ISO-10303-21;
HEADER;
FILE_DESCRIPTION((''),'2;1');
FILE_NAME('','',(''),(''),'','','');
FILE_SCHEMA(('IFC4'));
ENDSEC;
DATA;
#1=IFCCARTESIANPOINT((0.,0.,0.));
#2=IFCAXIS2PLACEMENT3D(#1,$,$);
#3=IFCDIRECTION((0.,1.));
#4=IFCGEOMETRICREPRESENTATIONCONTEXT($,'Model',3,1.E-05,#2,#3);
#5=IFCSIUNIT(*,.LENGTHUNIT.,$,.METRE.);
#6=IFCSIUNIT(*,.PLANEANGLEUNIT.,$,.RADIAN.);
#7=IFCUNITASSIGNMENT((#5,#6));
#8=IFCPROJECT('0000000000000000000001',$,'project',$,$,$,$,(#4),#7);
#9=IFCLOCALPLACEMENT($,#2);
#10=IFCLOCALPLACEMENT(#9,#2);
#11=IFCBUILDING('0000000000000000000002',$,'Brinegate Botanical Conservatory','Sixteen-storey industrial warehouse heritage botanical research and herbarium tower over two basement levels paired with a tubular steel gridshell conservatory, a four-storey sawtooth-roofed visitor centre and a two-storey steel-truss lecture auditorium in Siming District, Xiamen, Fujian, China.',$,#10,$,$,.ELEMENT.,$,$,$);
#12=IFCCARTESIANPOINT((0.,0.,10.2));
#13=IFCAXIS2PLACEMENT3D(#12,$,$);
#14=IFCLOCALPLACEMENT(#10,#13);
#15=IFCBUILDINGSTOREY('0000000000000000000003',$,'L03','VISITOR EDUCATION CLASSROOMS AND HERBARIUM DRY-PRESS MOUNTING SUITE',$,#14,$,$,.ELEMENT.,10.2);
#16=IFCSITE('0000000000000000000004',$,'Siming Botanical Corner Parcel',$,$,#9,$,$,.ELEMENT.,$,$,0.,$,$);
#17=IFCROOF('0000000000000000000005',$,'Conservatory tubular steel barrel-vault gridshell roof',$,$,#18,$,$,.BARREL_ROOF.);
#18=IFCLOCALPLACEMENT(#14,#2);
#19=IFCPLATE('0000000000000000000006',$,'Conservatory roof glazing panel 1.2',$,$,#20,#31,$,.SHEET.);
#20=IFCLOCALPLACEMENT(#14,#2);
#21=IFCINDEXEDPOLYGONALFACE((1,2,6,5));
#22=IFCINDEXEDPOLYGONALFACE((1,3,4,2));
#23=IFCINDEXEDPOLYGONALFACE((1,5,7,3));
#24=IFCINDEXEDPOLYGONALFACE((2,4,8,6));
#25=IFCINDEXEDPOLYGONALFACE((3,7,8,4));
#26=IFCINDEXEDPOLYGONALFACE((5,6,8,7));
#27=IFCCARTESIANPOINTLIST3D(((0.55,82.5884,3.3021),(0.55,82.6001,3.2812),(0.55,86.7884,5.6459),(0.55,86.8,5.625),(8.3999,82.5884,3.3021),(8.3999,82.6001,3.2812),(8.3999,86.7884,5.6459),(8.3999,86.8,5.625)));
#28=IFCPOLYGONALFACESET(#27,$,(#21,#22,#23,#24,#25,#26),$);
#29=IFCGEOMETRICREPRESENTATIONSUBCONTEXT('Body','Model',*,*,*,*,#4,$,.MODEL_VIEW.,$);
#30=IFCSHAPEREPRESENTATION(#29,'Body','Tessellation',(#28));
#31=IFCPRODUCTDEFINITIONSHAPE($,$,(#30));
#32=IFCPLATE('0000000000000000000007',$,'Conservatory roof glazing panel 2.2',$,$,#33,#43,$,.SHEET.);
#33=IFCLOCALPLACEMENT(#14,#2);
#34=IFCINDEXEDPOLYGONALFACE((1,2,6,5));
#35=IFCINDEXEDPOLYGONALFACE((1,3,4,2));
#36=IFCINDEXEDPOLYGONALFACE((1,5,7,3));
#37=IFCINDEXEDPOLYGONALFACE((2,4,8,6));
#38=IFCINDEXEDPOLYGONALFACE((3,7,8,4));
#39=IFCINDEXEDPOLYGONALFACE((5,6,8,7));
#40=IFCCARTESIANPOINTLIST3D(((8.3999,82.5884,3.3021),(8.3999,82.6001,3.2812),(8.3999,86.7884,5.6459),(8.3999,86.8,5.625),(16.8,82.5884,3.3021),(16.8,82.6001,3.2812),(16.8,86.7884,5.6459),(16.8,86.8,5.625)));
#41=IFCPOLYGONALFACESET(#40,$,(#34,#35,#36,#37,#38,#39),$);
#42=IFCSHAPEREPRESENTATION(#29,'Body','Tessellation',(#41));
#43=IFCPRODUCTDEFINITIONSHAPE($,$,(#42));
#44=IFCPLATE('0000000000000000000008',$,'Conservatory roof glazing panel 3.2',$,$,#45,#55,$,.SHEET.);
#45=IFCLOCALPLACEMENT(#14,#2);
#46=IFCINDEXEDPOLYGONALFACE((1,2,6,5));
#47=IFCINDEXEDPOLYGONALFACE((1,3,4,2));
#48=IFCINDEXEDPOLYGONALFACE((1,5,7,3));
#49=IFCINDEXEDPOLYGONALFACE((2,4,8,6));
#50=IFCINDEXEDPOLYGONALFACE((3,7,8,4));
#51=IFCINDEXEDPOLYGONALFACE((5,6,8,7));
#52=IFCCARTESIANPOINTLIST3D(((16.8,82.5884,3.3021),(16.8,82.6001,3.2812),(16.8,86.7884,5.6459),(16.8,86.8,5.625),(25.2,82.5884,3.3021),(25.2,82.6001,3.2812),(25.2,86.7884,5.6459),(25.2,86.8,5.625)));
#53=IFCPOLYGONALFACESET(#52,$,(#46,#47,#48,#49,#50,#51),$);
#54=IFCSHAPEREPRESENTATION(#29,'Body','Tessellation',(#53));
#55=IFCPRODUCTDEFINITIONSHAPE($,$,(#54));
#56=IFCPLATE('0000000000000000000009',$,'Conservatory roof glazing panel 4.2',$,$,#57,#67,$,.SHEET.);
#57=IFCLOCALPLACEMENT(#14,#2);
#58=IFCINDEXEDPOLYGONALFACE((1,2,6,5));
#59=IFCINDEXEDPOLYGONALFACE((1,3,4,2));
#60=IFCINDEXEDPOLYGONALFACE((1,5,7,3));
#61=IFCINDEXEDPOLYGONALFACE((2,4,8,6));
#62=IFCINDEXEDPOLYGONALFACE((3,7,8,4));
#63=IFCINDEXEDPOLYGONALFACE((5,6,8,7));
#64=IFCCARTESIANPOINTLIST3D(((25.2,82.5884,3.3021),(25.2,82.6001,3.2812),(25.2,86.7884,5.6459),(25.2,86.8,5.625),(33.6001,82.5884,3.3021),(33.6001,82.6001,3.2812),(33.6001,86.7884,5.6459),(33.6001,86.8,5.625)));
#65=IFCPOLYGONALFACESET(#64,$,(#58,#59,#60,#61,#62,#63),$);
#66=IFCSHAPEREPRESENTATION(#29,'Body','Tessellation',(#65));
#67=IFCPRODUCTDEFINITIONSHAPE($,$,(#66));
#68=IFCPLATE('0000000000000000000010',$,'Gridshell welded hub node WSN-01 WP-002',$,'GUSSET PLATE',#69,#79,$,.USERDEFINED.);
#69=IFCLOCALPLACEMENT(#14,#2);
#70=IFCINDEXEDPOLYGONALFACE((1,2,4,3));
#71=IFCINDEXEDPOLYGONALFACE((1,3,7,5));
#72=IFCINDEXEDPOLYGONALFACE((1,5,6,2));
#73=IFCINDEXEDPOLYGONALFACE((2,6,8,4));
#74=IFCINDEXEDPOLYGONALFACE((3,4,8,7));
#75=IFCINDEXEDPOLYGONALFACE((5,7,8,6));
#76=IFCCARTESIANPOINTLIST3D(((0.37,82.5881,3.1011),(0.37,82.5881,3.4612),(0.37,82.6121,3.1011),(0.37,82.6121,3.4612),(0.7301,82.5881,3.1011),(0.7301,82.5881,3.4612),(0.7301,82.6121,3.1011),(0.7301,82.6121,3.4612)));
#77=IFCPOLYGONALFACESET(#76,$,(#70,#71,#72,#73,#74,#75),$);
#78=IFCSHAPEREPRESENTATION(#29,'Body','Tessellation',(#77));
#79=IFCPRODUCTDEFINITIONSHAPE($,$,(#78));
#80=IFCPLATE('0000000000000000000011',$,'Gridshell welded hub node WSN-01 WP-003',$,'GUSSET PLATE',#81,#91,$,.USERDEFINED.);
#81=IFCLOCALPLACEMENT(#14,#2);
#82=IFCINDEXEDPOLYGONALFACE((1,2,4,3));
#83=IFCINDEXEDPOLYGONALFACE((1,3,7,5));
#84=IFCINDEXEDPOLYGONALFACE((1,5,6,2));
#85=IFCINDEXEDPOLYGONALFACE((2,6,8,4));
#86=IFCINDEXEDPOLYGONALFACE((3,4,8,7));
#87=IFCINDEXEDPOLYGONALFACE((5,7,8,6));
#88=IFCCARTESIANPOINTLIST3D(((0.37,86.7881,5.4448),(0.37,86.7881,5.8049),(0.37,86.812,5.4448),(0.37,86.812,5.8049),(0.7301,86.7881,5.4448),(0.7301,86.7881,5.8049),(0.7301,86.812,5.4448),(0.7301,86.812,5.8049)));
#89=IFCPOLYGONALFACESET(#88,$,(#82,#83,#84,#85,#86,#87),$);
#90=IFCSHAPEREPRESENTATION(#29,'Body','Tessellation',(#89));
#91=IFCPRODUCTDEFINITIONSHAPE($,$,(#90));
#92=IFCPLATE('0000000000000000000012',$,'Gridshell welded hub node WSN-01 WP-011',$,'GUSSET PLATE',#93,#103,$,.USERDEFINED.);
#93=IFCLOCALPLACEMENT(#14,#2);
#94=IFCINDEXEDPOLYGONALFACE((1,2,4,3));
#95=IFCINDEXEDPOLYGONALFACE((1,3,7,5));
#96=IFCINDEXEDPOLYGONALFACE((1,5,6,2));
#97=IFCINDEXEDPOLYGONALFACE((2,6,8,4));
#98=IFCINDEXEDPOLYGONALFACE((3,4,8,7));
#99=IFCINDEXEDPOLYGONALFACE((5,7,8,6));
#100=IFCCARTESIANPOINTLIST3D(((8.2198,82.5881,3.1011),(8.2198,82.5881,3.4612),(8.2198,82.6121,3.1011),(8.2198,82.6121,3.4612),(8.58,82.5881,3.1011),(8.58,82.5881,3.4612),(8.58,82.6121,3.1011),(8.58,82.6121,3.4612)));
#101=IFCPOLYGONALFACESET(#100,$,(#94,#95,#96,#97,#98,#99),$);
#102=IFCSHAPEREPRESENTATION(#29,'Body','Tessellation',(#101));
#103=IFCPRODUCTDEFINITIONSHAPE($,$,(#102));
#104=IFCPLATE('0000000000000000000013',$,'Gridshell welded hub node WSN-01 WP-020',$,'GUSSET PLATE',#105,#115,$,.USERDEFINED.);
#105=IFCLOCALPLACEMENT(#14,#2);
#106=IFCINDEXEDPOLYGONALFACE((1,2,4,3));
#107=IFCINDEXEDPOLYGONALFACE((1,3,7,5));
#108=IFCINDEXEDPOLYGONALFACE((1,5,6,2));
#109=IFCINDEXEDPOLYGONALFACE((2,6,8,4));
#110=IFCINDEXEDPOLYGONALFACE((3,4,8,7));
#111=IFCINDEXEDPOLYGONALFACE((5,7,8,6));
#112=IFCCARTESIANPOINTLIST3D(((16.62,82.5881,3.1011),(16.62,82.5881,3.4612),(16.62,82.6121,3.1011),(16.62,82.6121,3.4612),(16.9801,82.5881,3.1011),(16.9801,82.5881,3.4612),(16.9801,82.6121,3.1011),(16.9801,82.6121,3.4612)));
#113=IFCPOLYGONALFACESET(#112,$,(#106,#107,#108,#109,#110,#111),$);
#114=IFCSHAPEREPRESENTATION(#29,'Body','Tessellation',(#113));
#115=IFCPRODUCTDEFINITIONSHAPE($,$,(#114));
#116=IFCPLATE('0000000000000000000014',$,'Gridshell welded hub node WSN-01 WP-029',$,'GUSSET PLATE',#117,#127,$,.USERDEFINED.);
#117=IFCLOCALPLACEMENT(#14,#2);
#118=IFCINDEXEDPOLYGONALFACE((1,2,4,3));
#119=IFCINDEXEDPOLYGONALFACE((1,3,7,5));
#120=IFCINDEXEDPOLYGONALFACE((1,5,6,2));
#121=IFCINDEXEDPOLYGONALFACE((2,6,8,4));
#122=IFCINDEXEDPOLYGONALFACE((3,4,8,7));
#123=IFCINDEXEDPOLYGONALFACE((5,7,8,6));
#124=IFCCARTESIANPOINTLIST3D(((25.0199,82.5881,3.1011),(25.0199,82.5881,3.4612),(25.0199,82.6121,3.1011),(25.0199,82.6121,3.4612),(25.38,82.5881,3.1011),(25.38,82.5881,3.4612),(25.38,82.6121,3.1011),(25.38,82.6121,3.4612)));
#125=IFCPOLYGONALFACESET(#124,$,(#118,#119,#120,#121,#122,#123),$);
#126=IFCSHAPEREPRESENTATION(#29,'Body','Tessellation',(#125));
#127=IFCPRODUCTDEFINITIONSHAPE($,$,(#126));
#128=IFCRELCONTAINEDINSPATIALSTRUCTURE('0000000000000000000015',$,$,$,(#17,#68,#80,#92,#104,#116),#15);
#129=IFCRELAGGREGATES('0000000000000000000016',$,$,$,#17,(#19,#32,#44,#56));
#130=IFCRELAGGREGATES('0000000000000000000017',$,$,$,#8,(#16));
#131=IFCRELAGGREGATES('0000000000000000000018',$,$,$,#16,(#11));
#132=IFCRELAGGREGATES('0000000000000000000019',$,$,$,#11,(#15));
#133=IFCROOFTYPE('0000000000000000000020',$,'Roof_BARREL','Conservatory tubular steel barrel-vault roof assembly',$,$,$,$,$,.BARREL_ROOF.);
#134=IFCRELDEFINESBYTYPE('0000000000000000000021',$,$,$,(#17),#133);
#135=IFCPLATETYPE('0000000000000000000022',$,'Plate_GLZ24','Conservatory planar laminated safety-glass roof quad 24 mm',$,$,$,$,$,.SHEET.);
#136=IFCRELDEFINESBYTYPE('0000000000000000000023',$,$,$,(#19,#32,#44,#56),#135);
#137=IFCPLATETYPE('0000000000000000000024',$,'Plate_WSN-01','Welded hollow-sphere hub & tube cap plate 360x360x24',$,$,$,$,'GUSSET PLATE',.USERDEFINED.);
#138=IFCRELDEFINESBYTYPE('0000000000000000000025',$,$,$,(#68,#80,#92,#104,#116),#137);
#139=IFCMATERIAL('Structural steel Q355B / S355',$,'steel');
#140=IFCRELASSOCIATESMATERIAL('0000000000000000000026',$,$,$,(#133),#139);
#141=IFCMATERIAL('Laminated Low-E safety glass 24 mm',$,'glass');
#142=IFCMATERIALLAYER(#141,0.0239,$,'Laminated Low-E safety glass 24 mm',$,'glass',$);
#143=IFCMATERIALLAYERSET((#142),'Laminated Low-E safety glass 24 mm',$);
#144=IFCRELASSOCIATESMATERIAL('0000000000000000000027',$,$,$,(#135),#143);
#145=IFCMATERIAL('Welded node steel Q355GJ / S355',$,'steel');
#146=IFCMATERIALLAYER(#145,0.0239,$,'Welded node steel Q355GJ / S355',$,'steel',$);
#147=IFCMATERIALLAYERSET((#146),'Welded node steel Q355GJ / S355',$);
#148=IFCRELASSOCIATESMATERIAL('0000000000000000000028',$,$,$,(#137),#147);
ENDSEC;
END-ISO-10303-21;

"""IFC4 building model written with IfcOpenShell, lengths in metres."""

from ifc_helpers import new_model, si_unit, direction, frame, origin, origin_2d, place, context, subcontext, project, spatial, polyline, rectangle, outline, extrude, material, layer, layer_set, type_object, element, aggregate, save


model = new_model("IFC4")

# Units and contexts
model_context = context("Model", 3, precision=1e-05, world=origin(), true_north=direction((0.0, 1.0)))
body_context = subcontext(model_context, "Body", "Model", "MODEL_VIEW")
ifc_project = project(units=[si_unit("LENGTHUNIT", "METRE"), si_unit("PLANEANGLEUNIT", "RADIAN")], contexts=[model_context])

# Site, building, storey
site_placement = place(None, origin())
site = spatial("IfcSite", under=ifc_project, at=site_placement, Name="Siming Botanical Corner Parcel", CompositionType="ELEMENT", RefElevation=0.0)
building_placement = place(site_placement, origin())
building = spatial("IfcBuilding", under=site, at=building_placement, Name="Brinegate Botanical Conservatory", Description="Sixteen-storey industrial warehouse heritage botanical research and herbarium tower over two basement levels paired with a tubular steel gridshell conservatory, a four-storey sawtooth-roofed visitor centre and a two-storey steel-truss lecture auditorium in Siming District, Xiamen, Fujian, China.", CompositionType="ELEMENT")
storey_placement = place(building_placement, frame((0.0, 0.0, 10.2)))
storey = spatial("IfcBuildingStorey", under=building, at=storey_placement, Name="L03", Description="VISITOR EDUCATION CLASSROOMS AND HERBARIUM DRY-PRESS MOUNTING SUITE", CompositionType="ELEMENT", Elevation=10.2)

# Shared definitions
ifc_material_1 = material(Name="Structural steel Q355B / S355", Category="steel")

# Roof, plates
roof_type = type_object("IfcRoofType", Name="Roof_BARREL", Description="Conservatory tubular steel barrel-vault roof assembly", PredefinedType="BARREL_ROOF", material=ifc_material_1)
roof_placement = place(storey_placement, origin())
roof = element("IfcRoof", 1, at=roof_placement, inside=storey, type_object=roof_type, Name="Conservatory tubular steel barrel-vault gridshell roof", PredefinedType="BARREL_ROOF")
ifc_material_2 = material(Name="Laminated Low-E safety glass 24 mm", Category="glass")
ifc_layer_1 = layer(ifc_material_2, 0.0239, Name="Laminated Low-E safety glass 24 mm", Category="glass")
ifc_layer_set_1 = layer_set([ifc_layer_1], Name="Laminated Low-E safety glass 24 mm")
plate_type_1 = type_object("IfcPlateType", Name="Plate_GLZ24", Description="Conservatory planar laminated safety-glass roof quad 24 mm", PredefinedType="SHEET", material=ifc_layer_set_1)
plate_1_placement = place(storey_placement, frame((0.55, 82.6001, 3.2812), z_axis=(0.0, -0.487301, 0.873234), x_axis=(1.0, 0.0, 0.0)))
plate_1 = element("IfcPlate", 2, at=plate_1_placement, type_object=plate_type_1, Name="Conservatory roof glazing panel 1.2", PredefinedType="SHEET", context=body_context, shape_type="SweptSolid", body=[
    extrude(outline(polyline([(0.0, 0.0), (7.8499, 0.0), (7.8499, 4.8097), (0.0, 4.8097), (0.0, 0.0)])), origin(), (0.0, 0.0, 1.0), 0.0239),
])
plate_2_placement = place(storey_placement, frame((8.3999, 82.6001, 3.2812), z_axis=(0.0, -0.487301, 0.873234), x_axis=(1.0, 0.0, 0.0)))
plate_2 = element("IfcPlate", 3, at=plate_2_placement, type_object=plate_type_1, Name="Conservatory roof glazing panel 2.2", PredefinedType="SHEET", context=body_context, shape_type="SweptSolid", body=[
    extrude(outline(polyline([(0.0, 0.0), (8.4001, 0.0), (8.4001, 4.8097), (0.0, 4.8097), (0.0, 0.0)])), origin(), (0.0, 0.0, 1.0), 0.0239),
])
plate_3_placement = place(storey_placement, frame((16.8, 82.6001, 3.2812), z_axis=(0.0, -0.487301, 0.873234), x_axis=(1.0, 0.0, 0.0)))
plate_3 = element("IfcPlate", 4, at=plate_3_placement, type_object=plate_type_1, Name="Conservatory roof glazing panel 3.2", PredefinedType="SHEET", context=body_context, shape_type="SweptSolid", body=[
    extrude(outline(polyline([(0.0, 0.0), (8.3999, 0.0), (8.3999, 4.8097), (0.0, 4.8097), (0.0, 0.0)])), origin(), (0.0, 0.0, 1.0), 0.0239),
])
plate_4_placement = place(storey_placement, frame((25.2, 82.6001, 3.2812), z_axis=(0.0, -0.487301, 0.873234), x_axis=(1.0, 0.0, 0.0)))
plate_4 = element("IfcPlate", 5, at=plate_4_placement, type_object=plate_type_1, Name="Conservatory roof glazing panel 4.2", PredefinedType="SHEET", context=body_context, shape_type="SweptSolid", body=[
    extrude(outline(polyline([(0.0, 0.0), (8.4001, 0.0), (8.4001, 4.8097), (0.0, 4.8097), (0.0, 0.0)])), origin(), (0.0, 0.0, 1.0), 0.0239),
])
aggregate(roof, [plate_1, plate_2, plate_3, plate_4])

# Plates
ifc_material_3 = material(Name="Welded node steel Q355GJ / S355", Category="steel")
ifc_layer_2 = layer(ifc_material_3, 0.0239, Name="Welded node steel Q355GJ / S355", Category="steel")
ifc_layer_set_2 = layer_set([ifc_layer_2], Name="Welded node steel Q355GJ / S355")
plate_type_2 = type_object("IfcPlateType", Name="Plate_WSN-01", Description="Welded hollow-sphere hub & tube cap plate 360x360x24", ElementType="GUSSET PLATE", PredefinedType="USERDEFINED", material=ifc_layer_set_2)
for number, where, z_axis, x_axis, name in (
    (6, (0.55, 82.6001, 3.1011), (0.0, 0.0, 1.0), (1.0, 0.0, 0.0), "Gridshell welded hub node WSN-01 WP-002"),
    (7, (0.55, 86.8, 5.4448), (0.0, 0.0, 1.0), (1.0, 0.0, 0.0), "Gridshell welded hub node WSN-01 WP-003"),
    (8, (8.3999, 82.6001, 3.1011), (0.0, 0.0, 1.0), (1.0, 0.0, 0.0), "Gridshell welded hub node WSN-01 WP-011"),
    (9, (16.8, 82.6001, 3.1011), (0.0, 0.0, 1.0), (1.0, 0.0, 0.0), "Gridshell welded hub node WSN-01 WP-020"),
    (10, (25.2, 82.6001, 3.1011), (0.0, 0.0, 1.0), (1.0, 0.0, 0.0), "Gridshell welded hub node WSN-01 WP-029"),
):
    element("IfcPlate", number, at=place(storey_placement, frame(where, z_axis=z_axis, x_axis=x_axis)), inside=storey, type_object=plate_type_2, Name=name, ObjectType="GUSSET PLATE", PredefinedType="USERDEFINED", context=body_context, shape_type="SweptSolid", body=[
        extrude(rectangle(XDim=0.3601, YDim=0.0239, at=origin_2d()), origin(), (0.0, 0.0, 1.0), 0.3601),
    ])

save(model, "model.ifc")
